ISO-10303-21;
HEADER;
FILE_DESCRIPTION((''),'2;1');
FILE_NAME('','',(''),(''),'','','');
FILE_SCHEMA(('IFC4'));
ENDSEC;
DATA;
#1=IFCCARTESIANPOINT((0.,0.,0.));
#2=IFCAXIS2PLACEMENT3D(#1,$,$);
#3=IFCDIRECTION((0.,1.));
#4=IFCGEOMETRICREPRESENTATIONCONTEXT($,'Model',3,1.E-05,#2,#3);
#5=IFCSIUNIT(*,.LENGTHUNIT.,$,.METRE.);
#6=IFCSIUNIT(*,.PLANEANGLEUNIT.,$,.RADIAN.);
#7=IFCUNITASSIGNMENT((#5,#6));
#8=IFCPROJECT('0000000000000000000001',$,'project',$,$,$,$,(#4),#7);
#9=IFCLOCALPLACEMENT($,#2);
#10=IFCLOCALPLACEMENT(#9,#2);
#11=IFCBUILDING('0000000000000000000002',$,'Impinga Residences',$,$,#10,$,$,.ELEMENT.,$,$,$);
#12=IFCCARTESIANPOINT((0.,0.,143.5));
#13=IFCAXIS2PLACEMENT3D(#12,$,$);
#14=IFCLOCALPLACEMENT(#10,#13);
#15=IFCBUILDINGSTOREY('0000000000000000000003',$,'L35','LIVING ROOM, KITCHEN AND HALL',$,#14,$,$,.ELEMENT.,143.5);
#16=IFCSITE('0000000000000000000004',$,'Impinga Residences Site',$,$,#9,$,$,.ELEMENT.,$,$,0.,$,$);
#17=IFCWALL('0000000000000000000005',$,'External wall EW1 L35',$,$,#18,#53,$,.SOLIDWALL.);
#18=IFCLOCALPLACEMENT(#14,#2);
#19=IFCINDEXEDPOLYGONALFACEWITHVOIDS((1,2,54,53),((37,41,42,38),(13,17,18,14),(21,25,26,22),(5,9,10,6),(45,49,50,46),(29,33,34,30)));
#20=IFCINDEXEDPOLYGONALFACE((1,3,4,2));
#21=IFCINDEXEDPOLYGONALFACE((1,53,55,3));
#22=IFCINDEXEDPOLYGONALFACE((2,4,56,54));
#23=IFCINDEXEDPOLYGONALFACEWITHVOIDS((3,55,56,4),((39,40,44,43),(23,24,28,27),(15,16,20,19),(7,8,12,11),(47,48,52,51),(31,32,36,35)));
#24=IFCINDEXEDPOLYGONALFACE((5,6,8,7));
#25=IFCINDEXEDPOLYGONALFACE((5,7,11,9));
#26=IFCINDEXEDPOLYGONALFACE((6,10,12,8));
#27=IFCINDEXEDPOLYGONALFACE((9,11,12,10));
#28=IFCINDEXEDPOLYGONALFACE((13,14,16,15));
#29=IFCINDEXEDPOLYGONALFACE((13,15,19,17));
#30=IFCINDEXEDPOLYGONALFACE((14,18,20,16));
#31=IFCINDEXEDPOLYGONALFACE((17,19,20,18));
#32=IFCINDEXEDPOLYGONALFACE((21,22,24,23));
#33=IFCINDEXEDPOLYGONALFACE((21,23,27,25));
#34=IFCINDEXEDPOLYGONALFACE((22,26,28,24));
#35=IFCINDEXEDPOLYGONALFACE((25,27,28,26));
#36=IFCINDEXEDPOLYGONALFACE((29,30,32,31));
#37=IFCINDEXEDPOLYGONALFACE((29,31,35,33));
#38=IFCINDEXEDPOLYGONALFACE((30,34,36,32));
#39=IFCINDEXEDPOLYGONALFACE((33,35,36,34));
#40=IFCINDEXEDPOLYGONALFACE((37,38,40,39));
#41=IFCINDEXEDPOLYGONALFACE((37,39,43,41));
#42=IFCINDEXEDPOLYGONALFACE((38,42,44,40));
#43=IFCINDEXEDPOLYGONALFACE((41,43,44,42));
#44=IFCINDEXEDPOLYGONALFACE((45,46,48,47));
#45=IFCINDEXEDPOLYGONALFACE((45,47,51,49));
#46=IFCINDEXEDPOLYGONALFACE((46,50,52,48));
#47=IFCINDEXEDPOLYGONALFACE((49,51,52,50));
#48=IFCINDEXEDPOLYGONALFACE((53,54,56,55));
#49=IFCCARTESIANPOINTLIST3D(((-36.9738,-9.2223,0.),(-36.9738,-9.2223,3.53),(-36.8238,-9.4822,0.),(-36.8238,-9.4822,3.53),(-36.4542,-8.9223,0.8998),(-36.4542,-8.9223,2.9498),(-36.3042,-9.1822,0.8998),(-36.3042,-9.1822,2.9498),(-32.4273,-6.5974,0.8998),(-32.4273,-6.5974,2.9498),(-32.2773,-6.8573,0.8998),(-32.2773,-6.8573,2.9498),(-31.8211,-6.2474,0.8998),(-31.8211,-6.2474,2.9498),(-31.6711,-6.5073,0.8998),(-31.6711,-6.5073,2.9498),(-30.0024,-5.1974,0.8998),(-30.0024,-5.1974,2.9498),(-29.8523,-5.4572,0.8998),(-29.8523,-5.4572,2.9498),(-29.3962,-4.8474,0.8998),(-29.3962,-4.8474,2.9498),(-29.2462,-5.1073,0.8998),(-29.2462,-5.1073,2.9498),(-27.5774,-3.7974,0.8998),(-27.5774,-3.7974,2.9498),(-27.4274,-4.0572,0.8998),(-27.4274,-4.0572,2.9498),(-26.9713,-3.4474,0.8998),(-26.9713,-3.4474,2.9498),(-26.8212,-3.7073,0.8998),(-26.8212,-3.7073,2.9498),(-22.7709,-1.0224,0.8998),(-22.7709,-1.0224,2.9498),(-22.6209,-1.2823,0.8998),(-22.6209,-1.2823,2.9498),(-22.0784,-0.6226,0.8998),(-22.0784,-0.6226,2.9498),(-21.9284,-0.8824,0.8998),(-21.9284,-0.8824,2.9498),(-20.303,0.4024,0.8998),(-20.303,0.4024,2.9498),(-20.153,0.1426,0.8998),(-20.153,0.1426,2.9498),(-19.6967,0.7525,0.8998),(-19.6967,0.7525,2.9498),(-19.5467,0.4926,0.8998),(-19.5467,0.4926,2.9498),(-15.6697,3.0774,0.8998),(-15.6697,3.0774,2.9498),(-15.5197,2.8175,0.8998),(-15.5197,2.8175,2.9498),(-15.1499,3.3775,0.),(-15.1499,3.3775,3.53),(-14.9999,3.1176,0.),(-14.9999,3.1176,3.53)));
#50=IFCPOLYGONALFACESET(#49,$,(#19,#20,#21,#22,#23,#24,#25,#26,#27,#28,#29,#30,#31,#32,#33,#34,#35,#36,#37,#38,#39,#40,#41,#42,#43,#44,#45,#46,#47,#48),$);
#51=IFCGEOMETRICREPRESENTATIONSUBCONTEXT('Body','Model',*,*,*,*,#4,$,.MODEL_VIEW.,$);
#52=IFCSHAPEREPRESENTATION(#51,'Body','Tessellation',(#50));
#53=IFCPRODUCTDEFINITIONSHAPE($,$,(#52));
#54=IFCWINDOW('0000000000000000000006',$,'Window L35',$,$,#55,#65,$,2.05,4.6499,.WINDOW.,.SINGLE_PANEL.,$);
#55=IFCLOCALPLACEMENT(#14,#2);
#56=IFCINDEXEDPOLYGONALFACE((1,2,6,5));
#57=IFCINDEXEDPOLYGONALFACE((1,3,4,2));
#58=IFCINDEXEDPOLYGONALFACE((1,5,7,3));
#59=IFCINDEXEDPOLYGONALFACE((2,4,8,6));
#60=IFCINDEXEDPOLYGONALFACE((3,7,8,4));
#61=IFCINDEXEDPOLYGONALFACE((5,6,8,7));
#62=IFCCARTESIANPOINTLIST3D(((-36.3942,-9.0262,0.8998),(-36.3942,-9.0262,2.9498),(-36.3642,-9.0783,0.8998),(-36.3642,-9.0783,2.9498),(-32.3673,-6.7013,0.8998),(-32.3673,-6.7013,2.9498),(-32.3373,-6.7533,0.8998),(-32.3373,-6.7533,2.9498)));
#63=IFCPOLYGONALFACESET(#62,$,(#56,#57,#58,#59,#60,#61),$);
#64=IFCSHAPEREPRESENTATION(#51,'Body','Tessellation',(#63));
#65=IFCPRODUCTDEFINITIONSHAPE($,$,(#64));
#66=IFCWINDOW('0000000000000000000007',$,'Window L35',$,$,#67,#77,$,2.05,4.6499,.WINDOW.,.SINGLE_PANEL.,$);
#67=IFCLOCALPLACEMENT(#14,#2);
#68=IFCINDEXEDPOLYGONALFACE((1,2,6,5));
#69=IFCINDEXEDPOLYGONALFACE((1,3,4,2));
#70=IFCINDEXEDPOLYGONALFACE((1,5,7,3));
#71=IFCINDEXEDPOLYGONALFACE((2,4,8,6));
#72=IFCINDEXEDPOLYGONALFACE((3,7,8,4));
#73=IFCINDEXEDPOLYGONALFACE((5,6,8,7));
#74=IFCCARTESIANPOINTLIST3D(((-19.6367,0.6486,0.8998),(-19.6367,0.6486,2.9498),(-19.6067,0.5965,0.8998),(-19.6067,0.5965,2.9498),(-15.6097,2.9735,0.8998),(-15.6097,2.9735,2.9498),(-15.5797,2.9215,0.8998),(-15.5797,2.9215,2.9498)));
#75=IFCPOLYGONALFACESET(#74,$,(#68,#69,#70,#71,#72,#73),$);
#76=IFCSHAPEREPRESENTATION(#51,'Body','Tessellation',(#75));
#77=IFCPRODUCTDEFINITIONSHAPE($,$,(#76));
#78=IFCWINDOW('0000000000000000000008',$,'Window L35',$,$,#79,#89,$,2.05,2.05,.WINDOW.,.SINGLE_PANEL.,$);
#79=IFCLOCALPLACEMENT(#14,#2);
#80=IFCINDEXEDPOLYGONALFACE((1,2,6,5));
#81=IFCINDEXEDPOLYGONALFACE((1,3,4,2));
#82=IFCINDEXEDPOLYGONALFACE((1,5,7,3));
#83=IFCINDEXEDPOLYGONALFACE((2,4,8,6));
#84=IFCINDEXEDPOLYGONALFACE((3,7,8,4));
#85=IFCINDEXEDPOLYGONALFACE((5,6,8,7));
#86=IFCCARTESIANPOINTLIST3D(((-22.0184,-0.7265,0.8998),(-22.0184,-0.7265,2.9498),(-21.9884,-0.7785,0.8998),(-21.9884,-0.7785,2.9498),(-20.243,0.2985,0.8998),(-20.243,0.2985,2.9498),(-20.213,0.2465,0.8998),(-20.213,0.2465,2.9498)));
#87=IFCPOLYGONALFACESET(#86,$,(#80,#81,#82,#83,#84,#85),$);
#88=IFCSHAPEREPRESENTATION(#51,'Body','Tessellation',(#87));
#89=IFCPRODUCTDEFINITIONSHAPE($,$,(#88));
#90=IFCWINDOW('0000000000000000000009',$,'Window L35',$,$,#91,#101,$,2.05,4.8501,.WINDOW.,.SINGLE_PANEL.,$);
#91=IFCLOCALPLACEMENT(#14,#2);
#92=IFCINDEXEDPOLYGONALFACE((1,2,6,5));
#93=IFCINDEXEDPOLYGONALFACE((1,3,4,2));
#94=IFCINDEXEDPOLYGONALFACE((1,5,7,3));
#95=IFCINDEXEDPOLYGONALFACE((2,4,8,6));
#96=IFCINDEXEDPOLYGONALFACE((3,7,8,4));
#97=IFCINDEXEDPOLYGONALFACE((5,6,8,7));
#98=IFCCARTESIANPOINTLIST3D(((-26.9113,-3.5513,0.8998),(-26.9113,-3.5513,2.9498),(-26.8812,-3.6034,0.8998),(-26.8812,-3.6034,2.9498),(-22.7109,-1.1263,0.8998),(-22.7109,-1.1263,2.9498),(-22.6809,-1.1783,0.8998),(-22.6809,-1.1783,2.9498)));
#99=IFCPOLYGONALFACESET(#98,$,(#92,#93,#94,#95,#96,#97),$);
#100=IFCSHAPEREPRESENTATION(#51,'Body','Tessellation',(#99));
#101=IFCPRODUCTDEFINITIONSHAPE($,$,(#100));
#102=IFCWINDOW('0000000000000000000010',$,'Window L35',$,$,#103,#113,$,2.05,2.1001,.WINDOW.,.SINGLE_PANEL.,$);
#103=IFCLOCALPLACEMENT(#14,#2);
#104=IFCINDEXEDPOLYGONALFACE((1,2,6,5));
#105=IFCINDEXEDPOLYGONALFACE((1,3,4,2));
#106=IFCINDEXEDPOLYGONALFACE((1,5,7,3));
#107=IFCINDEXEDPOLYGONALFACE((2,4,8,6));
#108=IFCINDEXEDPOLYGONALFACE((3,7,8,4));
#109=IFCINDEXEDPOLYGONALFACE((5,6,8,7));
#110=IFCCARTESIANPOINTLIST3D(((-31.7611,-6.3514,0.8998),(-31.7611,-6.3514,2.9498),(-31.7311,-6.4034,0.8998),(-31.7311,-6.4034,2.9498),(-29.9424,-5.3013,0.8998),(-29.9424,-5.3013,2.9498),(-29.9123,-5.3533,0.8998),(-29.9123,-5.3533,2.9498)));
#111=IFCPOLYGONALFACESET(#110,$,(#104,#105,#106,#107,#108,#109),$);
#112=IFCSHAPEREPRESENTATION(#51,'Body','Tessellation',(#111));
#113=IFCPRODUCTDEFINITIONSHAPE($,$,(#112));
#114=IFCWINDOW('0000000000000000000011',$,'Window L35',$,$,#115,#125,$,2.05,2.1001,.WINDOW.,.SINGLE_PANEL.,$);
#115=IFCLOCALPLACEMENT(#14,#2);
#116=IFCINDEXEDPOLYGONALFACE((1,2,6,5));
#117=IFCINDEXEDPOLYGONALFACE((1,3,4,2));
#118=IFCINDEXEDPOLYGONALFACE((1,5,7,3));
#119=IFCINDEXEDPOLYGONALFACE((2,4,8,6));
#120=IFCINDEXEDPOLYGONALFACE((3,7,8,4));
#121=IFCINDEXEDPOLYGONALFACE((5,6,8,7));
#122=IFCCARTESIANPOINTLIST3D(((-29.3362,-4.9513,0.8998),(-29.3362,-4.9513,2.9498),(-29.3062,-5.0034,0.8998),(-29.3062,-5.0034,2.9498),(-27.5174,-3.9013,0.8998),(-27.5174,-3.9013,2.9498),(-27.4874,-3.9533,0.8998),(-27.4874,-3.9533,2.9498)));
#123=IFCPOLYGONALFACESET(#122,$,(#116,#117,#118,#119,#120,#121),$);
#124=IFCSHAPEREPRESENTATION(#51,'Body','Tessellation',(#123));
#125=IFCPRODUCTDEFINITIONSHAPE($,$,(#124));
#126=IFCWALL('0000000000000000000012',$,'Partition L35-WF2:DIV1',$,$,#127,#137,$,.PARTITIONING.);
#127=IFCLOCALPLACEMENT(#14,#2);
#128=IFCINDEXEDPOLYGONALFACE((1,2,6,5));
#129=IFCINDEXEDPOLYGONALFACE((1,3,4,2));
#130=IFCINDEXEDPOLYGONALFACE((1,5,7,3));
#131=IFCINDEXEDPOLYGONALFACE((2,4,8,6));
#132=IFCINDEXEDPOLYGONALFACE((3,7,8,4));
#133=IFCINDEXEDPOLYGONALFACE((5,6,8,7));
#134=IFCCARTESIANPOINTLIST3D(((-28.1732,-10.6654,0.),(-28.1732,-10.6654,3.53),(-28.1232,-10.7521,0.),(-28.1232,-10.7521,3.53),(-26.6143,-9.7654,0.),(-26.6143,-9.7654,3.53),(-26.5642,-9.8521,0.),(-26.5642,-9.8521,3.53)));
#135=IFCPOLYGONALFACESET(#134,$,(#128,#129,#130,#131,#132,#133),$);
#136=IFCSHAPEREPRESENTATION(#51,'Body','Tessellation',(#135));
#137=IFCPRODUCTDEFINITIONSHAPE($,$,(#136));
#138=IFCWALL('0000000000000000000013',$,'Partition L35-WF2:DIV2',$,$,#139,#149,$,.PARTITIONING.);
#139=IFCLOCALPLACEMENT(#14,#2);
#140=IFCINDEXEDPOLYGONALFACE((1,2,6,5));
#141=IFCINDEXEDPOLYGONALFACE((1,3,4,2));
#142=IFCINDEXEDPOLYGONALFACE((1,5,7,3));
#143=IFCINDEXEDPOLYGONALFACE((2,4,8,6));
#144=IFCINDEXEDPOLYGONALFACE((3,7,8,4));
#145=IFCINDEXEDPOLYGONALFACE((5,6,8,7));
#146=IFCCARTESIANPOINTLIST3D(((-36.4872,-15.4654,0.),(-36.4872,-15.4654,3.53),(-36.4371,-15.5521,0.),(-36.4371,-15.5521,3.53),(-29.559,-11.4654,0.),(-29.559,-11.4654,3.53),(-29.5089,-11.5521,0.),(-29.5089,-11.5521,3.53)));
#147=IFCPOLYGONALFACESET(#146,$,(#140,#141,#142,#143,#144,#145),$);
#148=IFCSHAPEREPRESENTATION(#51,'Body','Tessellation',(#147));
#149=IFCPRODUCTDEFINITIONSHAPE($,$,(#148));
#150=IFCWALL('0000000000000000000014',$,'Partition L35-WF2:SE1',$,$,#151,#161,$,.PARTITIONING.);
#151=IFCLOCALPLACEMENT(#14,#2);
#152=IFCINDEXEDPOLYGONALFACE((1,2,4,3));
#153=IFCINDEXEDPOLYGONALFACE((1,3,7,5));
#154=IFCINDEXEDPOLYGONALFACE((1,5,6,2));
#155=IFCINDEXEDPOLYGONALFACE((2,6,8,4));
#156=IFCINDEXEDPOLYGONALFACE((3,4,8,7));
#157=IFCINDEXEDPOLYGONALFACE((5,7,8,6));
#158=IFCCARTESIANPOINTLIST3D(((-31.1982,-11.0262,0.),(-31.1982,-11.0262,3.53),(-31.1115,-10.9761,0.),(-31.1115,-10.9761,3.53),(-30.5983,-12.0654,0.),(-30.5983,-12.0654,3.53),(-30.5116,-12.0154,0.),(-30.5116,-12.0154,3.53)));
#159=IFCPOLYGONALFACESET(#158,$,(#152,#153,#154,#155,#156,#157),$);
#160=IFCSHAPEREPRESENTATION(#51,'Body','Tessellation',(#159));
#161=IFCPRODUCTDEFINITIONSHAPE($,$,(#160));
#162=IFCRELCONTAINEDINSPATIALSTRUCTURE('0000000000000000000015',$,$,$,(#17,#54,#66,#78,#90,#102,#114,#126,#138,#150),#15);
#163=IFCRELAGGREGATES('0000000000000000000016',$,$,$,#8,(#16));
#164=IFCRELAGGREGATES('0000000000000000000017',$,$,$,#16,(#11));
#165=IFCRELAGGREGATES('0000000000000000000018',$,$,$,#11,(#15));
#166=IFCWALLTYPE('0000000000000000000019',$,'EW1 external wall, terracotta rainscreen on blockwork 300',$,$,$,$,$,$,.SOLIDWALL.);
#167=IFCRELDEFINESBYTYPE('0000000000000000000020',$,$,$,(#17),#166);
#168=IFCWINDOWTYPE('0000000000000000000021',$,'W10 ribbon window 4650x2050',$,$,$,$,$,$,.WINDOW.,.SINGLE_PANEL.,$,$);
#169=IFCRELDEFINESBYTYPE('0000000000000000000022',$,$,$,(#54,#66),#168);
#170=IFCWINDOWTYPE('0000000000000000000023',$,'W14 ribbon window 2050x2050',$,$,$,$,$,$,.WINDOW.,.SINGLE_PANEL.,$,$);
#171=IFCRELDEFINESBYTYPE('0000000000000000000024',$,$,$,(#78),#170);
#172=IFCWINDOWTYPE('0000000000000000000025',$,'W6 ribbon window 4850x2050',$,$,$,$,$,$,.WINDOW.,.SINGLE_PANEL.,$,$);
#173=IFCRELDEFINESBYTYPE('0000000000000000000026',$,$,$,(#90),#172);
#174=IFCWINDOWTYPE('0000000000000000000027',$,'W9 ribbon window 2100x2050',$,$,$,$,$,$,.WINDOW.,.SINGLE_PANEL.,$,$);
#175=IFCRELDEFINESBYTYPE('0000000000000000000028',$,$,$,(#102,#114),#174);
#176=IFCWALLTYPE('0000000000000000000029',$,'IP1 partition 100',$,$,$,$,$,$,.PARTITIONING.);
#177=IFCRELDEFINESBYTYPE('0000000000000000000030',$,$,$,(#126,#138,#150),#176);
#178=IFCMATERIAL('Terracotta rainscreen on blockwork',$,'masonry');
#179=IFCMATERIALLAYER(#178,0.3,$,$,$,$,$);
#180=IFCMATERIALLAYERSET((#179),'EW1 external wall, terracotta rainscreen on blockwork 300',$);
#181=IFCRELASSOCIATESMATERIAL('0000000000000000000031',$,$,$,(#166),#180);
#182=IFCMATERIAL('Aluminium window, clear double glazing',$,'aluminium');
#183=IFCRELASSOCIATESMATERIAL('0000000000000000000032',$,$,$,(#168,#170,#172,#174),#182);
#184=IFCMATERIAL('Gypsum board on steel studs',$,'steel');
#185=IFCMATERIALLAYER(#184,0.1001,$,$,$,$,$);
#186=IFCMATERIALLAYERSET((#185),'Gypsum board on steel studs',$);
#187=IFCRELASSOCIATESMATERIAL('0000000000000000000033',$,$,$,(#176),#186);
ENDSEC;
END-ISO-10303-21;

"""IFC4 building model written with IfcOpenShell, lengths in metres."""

from ifc_helpers import new_model, si_unit, direction, frame, frame_2d, origin, place, context, subcontext, project, spatial, rectangle, extrude, material, layer, layer_set, type_object, element, fill, save


model = new_model("IFC4")

# Units and contexts
model_context = context("Model", 3, precision=1e-05, world=origin(), true_north=direction((0.0, 1.0)))
body_context = subcontext(model_context, "Body", "Model", "MODEL_VIEW")
ifc_project = project(units=[si_unit("LENGTHUNIT", "METRE"), si_unit("PLANEANGLEUNIT", "RADIAN")], contexts=[model_context])

# Site, building, storey
site_placement = place(None, origin())
site = spatial("IfcSite", under=ifc_project, at=site_placement, Name="Impinga Residences Site", CompositionType="ELEMENT", RefElevation=0.0)
building_placement = place(site_placement, origin())
building = spatial("IfcBuilding", under=site, at=building_placement, Name="Impinga Residences", CompositionType="ELEMENT")
storey_placement = place(building_placement, frame((0.0, 0.0, 143.5)))
storey = spatial("IfcBuildingStorey", under=building, at=storey_placement, Name="L35", Description="LIVING ROOM, KITCHEN AND HALL", CompositionType="ELEMENT", Elevation=143.5)

# Shared definitions
ifc_material_1 = material(Name="Terracotta rainscreen on blockwork", Category="masonry")
ifc_layer_1 = layer(ifc_material_1, 0.3)
ifc_layer_set_1 = layer_set([ifc_layer_1], Name="EW1 external wall, terracotta rainscreen on blockwork 300")
wall_type_1 = type_object("IfcWallType", Name="EW1 external wall, terracotta rainscreen on blockwork 300", PredefinedType="SOLIDWALL", material=ifc_layer_set_1)

# Wall, openings, windows
wall_1_placement = place(storey_placement, frame((-36.8989, -9.3523, 0.0), z_axis=(0.0, 0.0, 1.0), x_axis=(0.866029, 0.499993, 0.0)))
wall_1 = element("IfcWall", 1, at=wall_1_placement, inside=storey, type_object=wall_type_1, Name="External wall EW1 L35", PredefinedType="SOLIDWALL", context=body_context, shape_type="SweptSolid", body=[
    extrude(rectangle(XDim=25.2, YDim=0.3, at=frame_2d((12.6001, 0.0))), origin(), (0.0, 0.0, 1.0), 3.53),
])
opening_1_placement = place(wall_1_placement, frame((0.6001, 0.0, 0.8999)))
opening_1 = element("IfcOpeningElement", 2, at=opening_1_placement, cuts=wall_1, PredefinedType="OPENING", context=body_context, shape_type="SweptSolid", body=[
    extrude(rectangle(XDim=4.6499, YDim=2.05, at=frame_2d((2.325, 1.0249))), frame((0.0, 0.1599, 0.0), z_axis=(0.0, -1.0, 0.0), x_axis=(1.0, 0.0, 0.0)), (0.0, 0.0, 1.0), 0.3201),
])
opening_2_placement = place(wall_1_placement, frame((5.95, 0.0, 0.8999)))
opening_2 = element("IfcOpeningElement", 3, at=opening_2_placement, cuts=wall_1, PredefinedType="OPENING", context=body_context, shape_type="SweptSolid", body=[
    extrude(rectangle(XDim=2.1001, YDim=2.05, at=frame_2d((1.05, 1.0249))), frame((0.0, 0.1599, 0.0), z_axis=(0.0, -1.0, 0.0), x_axis=(1.0, 0.0, 0.0)), (0.0, 0.0, 1.0), 0.3201),
])
opening_3_placement = place(wall_1_placement, frame((8.75, 0.0, 0.8999)))
opening_3 = element("IfcOpeningElement", 4, at=opening_3_placement, cuts=wall_1, PredefinedType="OPENING", context=body_context, shape_type="SweptSolid", body=[
    extrude(rectangle(XDim=2.1001, YDim=2.05, at=frame_2d((1.05, 1.0249))), frame((0.0, 0.1599, 0.0), z_axis=(0.0, -1.0, 0.0), x_axis=(1.0, 0.0, 0.0)), (0.0, 0.0, 1.0), 0.3201),
])
opening_4_placement = place(wall_1_placement, frame((11.55, 0.0, 0.8999)))
opening_4 = element("IfcOpeningElement", 5, at=opening_4_placement, cuts=wall_1, PredefinedType="OPENING", context=body_context, shape_type="SweptSolid", body=[
    extrude(rectangle(XDim=4.8501, YDim=2.05, at=frame_2d((2.425, 1.0249))), frame((0.0, 0.1599, 0.0), z_axis=(0.0, -1.0, 0.0), x_axis=(1.0, 0.0, 0.0)), (0.0, 0.0, 1.0), 0.3201),
])
opening_5_placement = place(wall_1_placement, frame((17.2, 0.0, 0.8999)))
opening_5 = element("IfcOpeningElement", 6, at=opening_5_placement, cuts=wall_1, PredefinedType="OPENING", context=body_context, shape_type="SweptSolid", body=[
    extrude(rectangle(XDim=2.05, YDim=2.05, at=frame_2d((1.0249, 1.0249))), frame((0.0, 0.1599, 0.0), z_axis=(0.0, -1.0, 0.0), x_axis=(1.0, 0.0, 0.0)), (0.0, 0.0, 1.0), 0.3201),
])
opening_6_placement = place(wall_1_placement, frame((19.95, 0.0, 0.8999)))
opening_6 = element("IfcOpeningElement", 7, at=opening_6_placement, cuts=wall_1, PredefinedType="OPENING", context=body_context, shape_type="SweptSolid", body=[
    extrude(rectangle(XDim=4.6499, YDim=2.05, at=frame_2d((2.325, 1.0249))), frame((0.0, 0.1599, 0.0), z_axis=(0.0, -1.0, 0.0), x_axis=(1.0, 0.0, 0.0)), (0.0, 0.0, 1.0), 0.3201),
])
ifc_material_2 = material(Name="Aluminium window, clear double glazing", Category="aluminium")
window_type_1 = type_object("IfcWindowType", Name="W10 ribbon window 4650x2050", PartitioningType="SINGLE_PANEL", PredefinedType="WINDOW", material=ifc_material_2)
window_1_placement = place(opening_1_placement, origin())
window_1 = element("IfcWindow", 8, at=window_1_placement, inside=storey, type_object=window_type_1, Name="Window L35", OverallHeight=2.05, OverallWidth=4.6499, PartitioningType="SINGLE_PANEL", PredefinedType="WINDOW", context=body_context, shape_type="SweptSolid", body=[
    extrude(rectangle(XDim=4.6499, YDim=2.05, at=frame_2d((2.325, 1.0249))), frame((0.0, 0.03, 0.0), z_axis=(0.0, -1.0, 0.0), x_axis=(1.0, 0.0, 0.0)), (0.0, 0.0, 1.0), 0.0601),
])
fill(opening_1, window_1)
window_2_placement = place(opening_6_placement, origin())
window_2 = element("IfcWindow", 9, at=window_2_placement, inside=storey, type_object=window_type_1, Name="Window L35", OverallHeight=2.05, OverallWidth=4.6499, PartitioningType="SINGLE_PANEL", PredefinedType="WINDOW", context=body_context, shape_type="SweptSolid", body=[
    extrude(rectangle(XDim=4.6499, YDim=2.05, at=frame_2d((2.325, 1.0249))), frame((0.0, 0.03, 0.0), z_axis=(0.0, -1.0, 0.0), x_axis=(1.0, 0.0, 0.0)), (0.0, 0.0, 1.0), 0.0601),
])
fill(opening_6, window_2)
window_type_2 = type_object("IfcWindowType", Name="W14 ribbon window 2050x2050", PartitioningType="SINGLE_PANEL", PredefinedType="WINDOW", material=ifc_material_2)
window_3_placement = place(opening_5_placement, origin())
window_3 = element("IfcWindow", 10, at=window_3_placement, inside=storey, type_object=window_type_2, Name="Window L35", OverallHeight=2.05, OverallWidth=2.05, PartitioningType="SINGLE_PANEL", PredefinedType="WINDOW", context=body_context, shape_type="SweptSolid", body=[
    extrude(rectangle(XDim=2.05, YDim=2.05, at=frame_2d((1.0249, 1.0249))), frame((0.0, 0.03, 0.0), z_axis=(0.0, -1.0, 0.0), x_axis=(1.0, 0.0, 0.0)), (0.0, 0.0, 1.0), 0.0601),
])
fill(opening_5, window_3)
window_type_3 = type_object("IfcWindowType", Name="W6 ribbon window 4850x2050", PartitioningType="SINGLE_PANEL", PredefinedType="WINDOW", material=ifc_material_2)
window_4_placement = place(opening_4_placement, origin())
window_4 = element("IfcWindow", 11, at=window_4_placement, inside=storey, type_object=window_type_3, Name="Window L35", OverallHeight=2.05, OverallWidth=4.8501, PartitioningType="SINGLE_PANEL", PredefinedType="WINDOW", context=body_context, shape_type="SweptSolid", body=[
    extrude(rectangle(XDim=4.8501, YDim=2.05, at=frame_2d((2.425, 1.0249))), frame((0.0, 0.03, 0.0), z_axis=(0.0, -1.0, 0.0), x_axis=(1.0, 0.0, 0.0)), (0.0, 0.0, 1.0), 0.0601),
])
fill(opening_4, window_4)
window_type_4 = type_object("IfcWindowType", Name="W9 ribbon window 2100x2050", PartitioningType="SINGLE_PANEL", PredefinedType="WINDOW", material=ifc_material_2)
window_5_placement = place(opening_2_placement, origin())
window_5 = element("IfcWindow", 12, at=window_5_placement, inside=storey, type_object=window_type_4, Name="Window L35", OverallHeight=2.05, OverallWidth=2.1001, PartitioningType="SINGLE_PANEL", PredefinedType="WINDOW", context=body_context, shape_type="SweptSolid", body=[
    extrude(rectangle(XDim=2.1001, YDim=2.05, at=frame_2d((1.05, 1.0249))), frame((0.0, 0.03, 0.0), z_axis=(0.0, -1.0, 0.0), x_axis=(1.0, 0.0, 0.0)), (0.0, 0.0, 1.0), 0.0601),
])
fill(opening_2, window_5)
window_6_placement = place(opening_3_placement, origin())
window_6 = element("IfcWindow", 13, at=window_6_placement, inside=storey, type_object=window_type_4, Name="Window L35", OverallHeight=2.05, OverallWidth=2.1001, PartitioningType="SINGLE_PANEL", PredefinedType="WINDOW", context=body_context, shape_type="SweptSolid", body=[
    extrude(rectangle(XDim=2.1001, YDim=2.05, at=frame_2d((1.05, 1.0249))), frame((0.0, 0.03, 0.0), z_axis=(0.0, -1.0, 0.0), x_axis=(1.0, 0.0, 0.0)), (0.0, 0.0, 1.0), 0.0601),
])
fill(opening_3, window_6)

# Walls
ifc_material_3 = material(Name="Gypsum board on steel studs", Category="steel")
ifc_layer_2 = layer(ifc_material_3, 0.1001)
ifc_layer_set_2 = layer_set([ifc_layer_2], Name="Gypsum board on steel studs")
wall_type_2 = type_object("IfcWallType", Name="IP1 partition 100", PredefinedType="PARTITIONING", material=ifc_layer_set_2)
wall_2_placement = place(storey_placement, frame((-26.5894, -9.8088, 0.0), z_axis=(0.0, 0.0, 1.0), x_axis=(-0.866048, -0.499961, 0.0)))
element("IfcWall", 14, at=wall_2_placement, inside=storey, type_object=wall_type_2, Name="Partition L35-WF2:DIV1", PredefinedType="PARTITIONING", context=body_context, shape_type="SweptSolid", body=[
    extrude(rectangle(XDim=1.8, YDim=0.1001, at=frame_2d((0.8999, 0.0))), origin(), (0.0, 0.0, 1.0), 3.53),
])
wall_3_placement = place(storey_placement, frame((-29.5339, -11.5088, 0.0), z_axis=(0.0, 0.0, 1.0), x_axis=(-0.866026, -0.499999, 0.0)))
element("IfcWall", 15, at=wall_3_placement, inside=storey, type_object=wall_type_2, Name="Partition L35-WF2:DIV2", PredefinedType="PARTITIONING", context=body_context, shape_type="SweptSolid", body=[
    extrude(rectangle(XDim=8.0, YDim=0.1001, at=frame_2d((4.0, 0.0))), origin(), (0.0, 0.0, 1.0), 3.53),
])
wall_4_placement = place(storey_placement, frame((-30.5549, -12.0405, 0.0), z_axis=(0.0, 0.0, 1.0), x_axis=(-0.499881, 0.866094, 0.0)))
element("IfcWall", 16, at=wall_4_placement, inside=storey, type_object=wall_type_2, Name="Partition L35-WF2:SE1", PredefinedType="PARTITIONING", context=body_context, shape_type="SweptSolid", body=[
    extrude(rectangle(XDim=1.2, YDim=0.1001, at=frame_2d((0.6001, 0.0))), origin(), (0.0, 0.0, 1.0), 3.53),
])

save(model, "model.ifc")
